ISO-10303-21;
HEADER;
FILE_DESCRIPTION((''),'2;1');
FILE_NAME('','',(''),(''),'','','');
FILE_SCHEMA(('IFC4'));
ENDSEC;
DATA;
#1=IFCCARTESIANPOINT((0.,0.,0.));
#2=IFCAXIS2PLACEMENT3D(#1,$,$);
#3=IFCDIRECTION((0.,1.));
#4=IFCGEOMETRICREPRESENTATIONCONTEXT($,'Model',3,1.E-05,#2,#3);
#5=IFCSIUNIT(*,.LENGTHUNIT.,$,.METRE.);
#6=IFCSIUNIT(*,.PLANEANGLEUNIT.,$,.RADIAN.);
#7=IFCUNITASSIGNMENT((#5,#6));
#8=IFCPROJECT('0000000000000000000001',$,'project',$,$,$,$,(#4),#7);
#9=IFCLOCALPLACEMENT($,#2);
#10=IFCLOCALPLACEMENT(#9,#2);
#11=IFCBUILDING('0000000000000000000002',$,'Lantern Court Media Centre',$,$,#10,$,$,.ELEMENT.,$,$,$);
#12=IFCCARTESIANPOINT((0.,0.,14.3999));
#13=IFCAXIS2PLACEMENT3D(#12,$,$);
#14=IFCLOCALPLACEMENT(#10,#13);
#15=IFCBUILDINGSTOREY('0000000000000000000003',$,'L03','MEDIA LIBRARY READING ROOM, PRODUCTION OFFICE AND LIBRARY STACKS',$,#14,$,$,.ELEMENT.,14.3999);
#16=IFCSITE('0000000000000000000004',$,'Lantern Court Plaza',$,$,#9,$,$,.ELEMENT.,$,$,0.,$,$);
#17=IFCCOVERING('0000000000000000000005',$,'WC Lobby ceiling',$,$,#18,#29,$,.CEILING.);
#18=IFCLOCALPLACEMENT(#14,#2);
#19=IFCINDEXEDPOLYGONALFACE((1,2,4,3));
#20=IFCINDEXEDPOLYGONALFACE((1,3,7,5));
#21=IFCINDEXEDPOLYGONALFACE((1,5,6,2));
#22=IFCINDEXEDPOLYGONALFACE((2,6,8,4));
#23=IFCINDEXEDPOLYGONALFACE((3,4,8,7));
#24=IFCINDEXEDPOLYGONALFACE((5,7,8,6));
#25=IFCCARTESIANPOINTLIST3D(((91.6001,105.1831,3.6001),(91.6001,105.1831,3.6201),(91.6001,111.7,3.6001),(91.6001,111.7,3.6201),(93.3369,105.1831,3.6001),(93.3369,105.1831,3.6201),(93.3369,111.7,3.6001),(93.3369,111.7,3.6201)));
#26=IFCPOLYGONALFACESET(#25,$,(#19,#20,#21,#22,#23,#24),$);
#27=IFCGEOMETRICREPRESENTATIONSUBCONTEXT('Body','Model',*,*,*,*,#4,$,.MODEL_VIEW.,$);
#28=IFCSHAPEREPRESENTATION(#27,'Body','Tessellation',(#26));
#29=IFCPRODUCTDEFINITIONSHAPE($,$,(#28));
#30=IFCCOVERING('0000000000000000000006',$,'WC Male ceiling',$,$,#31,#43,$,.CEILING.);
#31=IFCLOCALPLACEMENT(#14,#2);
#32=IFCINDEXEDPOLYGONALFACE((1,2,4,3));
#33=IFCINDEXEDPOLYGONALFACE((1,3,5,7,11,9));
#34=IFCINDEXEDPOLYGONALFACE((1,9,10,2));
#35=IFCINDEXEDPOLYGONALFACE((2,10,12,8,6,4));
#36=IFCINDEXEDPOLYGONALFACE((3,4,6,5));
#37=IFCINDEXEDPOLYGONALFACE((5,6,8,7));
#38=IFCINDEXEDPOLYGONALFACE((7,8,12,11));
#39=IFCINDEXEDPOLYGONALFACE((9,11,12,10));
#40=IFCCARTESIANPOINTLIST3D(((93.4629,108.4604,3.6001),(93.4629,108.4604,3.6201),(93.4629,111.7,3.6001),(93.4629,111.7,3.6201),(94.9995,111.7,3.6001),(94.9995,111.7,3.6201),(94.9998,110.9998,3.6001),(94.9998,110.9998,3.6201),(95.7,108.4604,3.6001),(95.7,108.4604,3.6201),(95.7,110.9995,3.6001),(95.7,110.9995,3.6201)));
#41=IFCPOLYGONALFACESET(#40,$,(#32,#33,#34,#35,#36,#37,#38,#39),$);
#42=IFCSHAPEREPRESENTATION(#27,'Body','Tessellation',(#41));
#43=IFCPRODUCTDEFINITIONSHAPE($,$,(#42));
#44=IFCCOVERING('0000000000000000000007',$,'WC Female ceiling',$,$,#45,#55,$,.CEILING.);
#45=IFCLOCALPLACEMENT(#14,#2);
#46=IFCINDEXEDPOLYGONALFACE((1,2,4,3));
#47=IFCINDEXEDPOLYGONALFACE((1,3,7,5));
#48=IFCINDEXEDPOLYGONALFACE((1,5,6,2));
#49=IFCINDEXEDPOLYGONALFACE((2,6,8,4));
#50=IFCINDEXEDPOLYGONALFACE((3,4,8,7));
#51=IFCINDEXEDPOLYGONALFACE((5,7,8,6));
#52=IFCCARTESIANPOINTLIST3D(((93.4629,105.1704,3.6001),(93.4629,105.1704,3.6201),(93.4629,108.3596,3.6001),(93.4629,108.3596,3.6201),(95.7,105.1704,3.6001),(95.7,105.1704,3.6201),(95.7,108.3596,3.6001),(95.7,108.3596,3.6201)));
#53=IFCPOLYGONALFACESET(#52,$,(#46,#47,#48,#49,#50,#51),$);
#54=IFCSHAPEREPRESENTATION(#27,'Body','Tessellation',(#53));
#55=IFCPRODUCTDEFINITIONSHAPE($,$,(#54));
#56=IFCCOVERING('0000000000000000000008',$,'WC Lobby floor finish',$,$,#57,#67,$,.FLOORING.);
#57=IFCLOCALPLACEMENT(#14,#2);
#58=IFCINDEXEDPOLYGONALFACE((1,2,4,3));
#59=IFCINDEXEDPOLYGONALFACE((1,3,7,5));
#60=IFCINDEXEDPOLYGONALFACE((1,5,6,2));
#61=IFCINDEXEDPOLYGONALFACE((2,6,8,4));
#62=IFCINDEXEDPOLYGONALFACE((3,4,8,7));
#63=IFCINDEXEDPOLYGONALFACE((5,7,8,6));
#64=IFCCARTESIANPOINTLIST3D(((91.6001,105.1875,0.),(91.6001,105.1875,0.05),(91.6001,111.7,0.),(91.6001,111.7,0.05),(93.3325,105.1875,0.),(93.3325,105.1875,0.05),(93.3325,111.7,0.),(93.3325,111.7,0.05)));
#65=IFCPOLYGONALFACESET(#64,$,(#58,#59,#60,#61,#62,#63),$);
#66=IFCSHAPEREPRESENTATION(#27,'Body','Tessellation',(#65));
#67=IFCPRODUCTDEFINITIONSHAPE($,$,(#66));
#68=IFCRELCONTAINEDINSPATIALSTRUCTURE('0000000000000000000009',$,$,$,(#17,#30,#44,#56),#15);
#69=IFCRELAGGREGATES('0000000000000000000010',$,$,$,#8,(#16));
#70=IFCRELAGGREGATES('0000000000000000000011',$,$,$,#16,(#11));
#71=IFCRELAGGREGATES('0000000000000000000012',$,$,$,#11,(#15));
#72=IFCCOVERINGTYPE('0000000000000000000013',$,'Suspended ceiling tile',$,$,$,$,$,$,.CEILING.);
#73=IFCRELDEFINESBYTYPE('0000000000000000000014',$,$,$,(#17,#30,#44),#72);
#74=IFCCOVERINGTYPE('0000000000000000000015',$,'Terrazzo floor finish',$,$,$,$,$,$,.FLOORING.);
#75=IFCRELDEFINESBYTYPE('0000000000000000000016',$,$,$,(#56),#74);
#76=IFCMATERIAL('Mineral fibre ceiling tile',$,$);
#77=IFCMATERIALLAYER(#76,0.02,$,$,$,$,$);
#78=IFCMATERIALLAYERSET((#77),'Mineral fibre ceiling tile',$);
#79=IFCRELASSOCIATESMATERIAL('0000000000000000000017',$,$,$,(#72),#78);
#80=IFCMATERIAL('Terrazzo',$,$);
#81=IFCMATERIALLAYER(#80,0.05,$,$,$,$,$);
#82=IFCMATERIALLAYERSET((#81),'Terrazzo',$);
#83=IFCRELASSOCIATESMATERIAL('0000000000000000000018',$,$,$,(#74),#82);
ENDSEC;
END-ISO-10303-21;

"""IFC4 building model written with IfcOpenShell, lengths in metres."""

from ifc_helpers import new_model, si_unit, direction, frame, origin, place, context, subcontext, project, spatial, polyline, outline, extrude, material, layer, layer_set, type_object, element, save


model = new_model("IFC4")

# Units and contexts
model_context = context("Model", 3, precision=1e-05, world=origin(), true_north=direction((0.0, 1.0)))
body_context = subcontext(model_context, "Body", "Model", "MODEL_VIEW")
ifc_project = project(units=[si_unit("LENGTHUNIT", "METRE"), si_unit("PLANEANGLEUNIT", "RADIAN")], contexts=[model_context])

# Site, building, storey
site_placement = place(None, origin())
site = spatial("IfcSite", under=ifc_project, at=site_placement, Name="Lantern Court Plaza", CompositionType="ELEMENT", RefElevation=0.0)
building_placement = place(site_placement, origin())
building = spatial("IfcBuilding", under=site, at=building_placement, Name="Lantern Court Media Centre", CompositionType="ELEMENT")
storey_placement = place(building_placement, frame((0.0, 0.0, 14.3999)))
storey = spatial("IfcBuildingStorey", under=building, at=storey_placement, Name="L03", Description="MEDIA LIBRARY READING ROOM, PRODUCTION OFFICE AND LIBRARY STACKS", CompositionType="ELEMENT", Elevation=14.3999)

# Coverings
ifc_material_1 = material(Name="Mineral fibre ceiling tile")
ifc_layer_1 = layer(ifc_material_1, 0.02)
ifc_layer_set_1 = layer_set([ifc_layer_1], Name="Mineral fibre ceiling tile")
covering_type_1 = type_object("IfcCoveringType", Name="Suspended ceiling tile", PredefinedType="CEILING", material=ifc_layer_set_1)
covering_1_placement = place(storey_placement, frame((0.0, 0.0, 3.6001)))
element("IfcCovering", 1, at=covering_1_placement, inside=storey, type_object=covering_type_1, Name="WC Lobby ceiling", PredefinedType="CEILING", context=body_context, shape_type="SweptSolid", body=[
    extrude(outline(polyline([(91.6001, 111.7), (93.3369, 111.7), (93.3369, 105.1831), (91.6001, 105.1831), (91.6001, 111.7)])), origin(), (0.0, 0.0, 1.0), 0.02),
])
covering_2_placement = place(storey_placement, frame((0.0, 0.0, 3.6001)))
element("IfcCovering", 2, at=covering_2_placement, inside=storey, type_object=covering_type_1, Name="WC Male ceiling", PredefinedType="CEILING", context=body_context, shape_type="SweptSolid", body=[
    extrude(outline(polyline([(95.7, 108.4604), (93.4629, 108.4604), (93.4629, 111.7), (94.9995, 111.7), (94.9998, 110.9998), (95.7, 110.9995), (95.7, 108.4604)])), origin(), (0.0, 0.0, 1.0), 0.02),
])
covering_3_placement = place(storey_placement, frame((0.0, 0.0, 3.6001)))
element("IfcCovering", 3, at=covering_3_placement, inside=storey, type_object=covering_type_1, Name="WC Female ceiling", PredefinedType="CEILING", context=body_context, shape_type="SweptSolid", body=[
    extrude(outline(polyline([(95.7, 105.1704), (93.4629, 105.1704), (93.4629, 108.3596), (95.7, 108.3596), (95.7, 105.1704)])), origin(), (0.0, 0.0, 1.0), 0.02),
])
ifc_material_2 = material(Name="Terrazzo")
ifc_layer_2 = layer(ifc_material_2, 0.05)
ifc_layer_set_2 = layer_set([ifc_layer_2], Name="Terrazzo")
covering_type_2 = type_object("IfcCoveringType", Name="Terrazzo floor finish", PredefinedType="FLOORING", material=ifc_layer_set_2)
covering_4_placement = place(storey_placement, origin())
element("IfcCovering", 4, at=covering_4_placement, inside=storey, type_object=covering_type_2, Name="WC Lobby floor finish", PredefinedType="FLOORING", context=body_context, shape_type="SweptSolid", body=[
    extrude(outline(polyline([(91.6001, 111.7), (93.3325, 111.7), (93.3325, 105.1875), (91.6001, 105.1875), (91.6001, 111.7)])), origin(), (0.0, 0.0, 1.0), 0.05),
])

save(model, "model.ifc")
